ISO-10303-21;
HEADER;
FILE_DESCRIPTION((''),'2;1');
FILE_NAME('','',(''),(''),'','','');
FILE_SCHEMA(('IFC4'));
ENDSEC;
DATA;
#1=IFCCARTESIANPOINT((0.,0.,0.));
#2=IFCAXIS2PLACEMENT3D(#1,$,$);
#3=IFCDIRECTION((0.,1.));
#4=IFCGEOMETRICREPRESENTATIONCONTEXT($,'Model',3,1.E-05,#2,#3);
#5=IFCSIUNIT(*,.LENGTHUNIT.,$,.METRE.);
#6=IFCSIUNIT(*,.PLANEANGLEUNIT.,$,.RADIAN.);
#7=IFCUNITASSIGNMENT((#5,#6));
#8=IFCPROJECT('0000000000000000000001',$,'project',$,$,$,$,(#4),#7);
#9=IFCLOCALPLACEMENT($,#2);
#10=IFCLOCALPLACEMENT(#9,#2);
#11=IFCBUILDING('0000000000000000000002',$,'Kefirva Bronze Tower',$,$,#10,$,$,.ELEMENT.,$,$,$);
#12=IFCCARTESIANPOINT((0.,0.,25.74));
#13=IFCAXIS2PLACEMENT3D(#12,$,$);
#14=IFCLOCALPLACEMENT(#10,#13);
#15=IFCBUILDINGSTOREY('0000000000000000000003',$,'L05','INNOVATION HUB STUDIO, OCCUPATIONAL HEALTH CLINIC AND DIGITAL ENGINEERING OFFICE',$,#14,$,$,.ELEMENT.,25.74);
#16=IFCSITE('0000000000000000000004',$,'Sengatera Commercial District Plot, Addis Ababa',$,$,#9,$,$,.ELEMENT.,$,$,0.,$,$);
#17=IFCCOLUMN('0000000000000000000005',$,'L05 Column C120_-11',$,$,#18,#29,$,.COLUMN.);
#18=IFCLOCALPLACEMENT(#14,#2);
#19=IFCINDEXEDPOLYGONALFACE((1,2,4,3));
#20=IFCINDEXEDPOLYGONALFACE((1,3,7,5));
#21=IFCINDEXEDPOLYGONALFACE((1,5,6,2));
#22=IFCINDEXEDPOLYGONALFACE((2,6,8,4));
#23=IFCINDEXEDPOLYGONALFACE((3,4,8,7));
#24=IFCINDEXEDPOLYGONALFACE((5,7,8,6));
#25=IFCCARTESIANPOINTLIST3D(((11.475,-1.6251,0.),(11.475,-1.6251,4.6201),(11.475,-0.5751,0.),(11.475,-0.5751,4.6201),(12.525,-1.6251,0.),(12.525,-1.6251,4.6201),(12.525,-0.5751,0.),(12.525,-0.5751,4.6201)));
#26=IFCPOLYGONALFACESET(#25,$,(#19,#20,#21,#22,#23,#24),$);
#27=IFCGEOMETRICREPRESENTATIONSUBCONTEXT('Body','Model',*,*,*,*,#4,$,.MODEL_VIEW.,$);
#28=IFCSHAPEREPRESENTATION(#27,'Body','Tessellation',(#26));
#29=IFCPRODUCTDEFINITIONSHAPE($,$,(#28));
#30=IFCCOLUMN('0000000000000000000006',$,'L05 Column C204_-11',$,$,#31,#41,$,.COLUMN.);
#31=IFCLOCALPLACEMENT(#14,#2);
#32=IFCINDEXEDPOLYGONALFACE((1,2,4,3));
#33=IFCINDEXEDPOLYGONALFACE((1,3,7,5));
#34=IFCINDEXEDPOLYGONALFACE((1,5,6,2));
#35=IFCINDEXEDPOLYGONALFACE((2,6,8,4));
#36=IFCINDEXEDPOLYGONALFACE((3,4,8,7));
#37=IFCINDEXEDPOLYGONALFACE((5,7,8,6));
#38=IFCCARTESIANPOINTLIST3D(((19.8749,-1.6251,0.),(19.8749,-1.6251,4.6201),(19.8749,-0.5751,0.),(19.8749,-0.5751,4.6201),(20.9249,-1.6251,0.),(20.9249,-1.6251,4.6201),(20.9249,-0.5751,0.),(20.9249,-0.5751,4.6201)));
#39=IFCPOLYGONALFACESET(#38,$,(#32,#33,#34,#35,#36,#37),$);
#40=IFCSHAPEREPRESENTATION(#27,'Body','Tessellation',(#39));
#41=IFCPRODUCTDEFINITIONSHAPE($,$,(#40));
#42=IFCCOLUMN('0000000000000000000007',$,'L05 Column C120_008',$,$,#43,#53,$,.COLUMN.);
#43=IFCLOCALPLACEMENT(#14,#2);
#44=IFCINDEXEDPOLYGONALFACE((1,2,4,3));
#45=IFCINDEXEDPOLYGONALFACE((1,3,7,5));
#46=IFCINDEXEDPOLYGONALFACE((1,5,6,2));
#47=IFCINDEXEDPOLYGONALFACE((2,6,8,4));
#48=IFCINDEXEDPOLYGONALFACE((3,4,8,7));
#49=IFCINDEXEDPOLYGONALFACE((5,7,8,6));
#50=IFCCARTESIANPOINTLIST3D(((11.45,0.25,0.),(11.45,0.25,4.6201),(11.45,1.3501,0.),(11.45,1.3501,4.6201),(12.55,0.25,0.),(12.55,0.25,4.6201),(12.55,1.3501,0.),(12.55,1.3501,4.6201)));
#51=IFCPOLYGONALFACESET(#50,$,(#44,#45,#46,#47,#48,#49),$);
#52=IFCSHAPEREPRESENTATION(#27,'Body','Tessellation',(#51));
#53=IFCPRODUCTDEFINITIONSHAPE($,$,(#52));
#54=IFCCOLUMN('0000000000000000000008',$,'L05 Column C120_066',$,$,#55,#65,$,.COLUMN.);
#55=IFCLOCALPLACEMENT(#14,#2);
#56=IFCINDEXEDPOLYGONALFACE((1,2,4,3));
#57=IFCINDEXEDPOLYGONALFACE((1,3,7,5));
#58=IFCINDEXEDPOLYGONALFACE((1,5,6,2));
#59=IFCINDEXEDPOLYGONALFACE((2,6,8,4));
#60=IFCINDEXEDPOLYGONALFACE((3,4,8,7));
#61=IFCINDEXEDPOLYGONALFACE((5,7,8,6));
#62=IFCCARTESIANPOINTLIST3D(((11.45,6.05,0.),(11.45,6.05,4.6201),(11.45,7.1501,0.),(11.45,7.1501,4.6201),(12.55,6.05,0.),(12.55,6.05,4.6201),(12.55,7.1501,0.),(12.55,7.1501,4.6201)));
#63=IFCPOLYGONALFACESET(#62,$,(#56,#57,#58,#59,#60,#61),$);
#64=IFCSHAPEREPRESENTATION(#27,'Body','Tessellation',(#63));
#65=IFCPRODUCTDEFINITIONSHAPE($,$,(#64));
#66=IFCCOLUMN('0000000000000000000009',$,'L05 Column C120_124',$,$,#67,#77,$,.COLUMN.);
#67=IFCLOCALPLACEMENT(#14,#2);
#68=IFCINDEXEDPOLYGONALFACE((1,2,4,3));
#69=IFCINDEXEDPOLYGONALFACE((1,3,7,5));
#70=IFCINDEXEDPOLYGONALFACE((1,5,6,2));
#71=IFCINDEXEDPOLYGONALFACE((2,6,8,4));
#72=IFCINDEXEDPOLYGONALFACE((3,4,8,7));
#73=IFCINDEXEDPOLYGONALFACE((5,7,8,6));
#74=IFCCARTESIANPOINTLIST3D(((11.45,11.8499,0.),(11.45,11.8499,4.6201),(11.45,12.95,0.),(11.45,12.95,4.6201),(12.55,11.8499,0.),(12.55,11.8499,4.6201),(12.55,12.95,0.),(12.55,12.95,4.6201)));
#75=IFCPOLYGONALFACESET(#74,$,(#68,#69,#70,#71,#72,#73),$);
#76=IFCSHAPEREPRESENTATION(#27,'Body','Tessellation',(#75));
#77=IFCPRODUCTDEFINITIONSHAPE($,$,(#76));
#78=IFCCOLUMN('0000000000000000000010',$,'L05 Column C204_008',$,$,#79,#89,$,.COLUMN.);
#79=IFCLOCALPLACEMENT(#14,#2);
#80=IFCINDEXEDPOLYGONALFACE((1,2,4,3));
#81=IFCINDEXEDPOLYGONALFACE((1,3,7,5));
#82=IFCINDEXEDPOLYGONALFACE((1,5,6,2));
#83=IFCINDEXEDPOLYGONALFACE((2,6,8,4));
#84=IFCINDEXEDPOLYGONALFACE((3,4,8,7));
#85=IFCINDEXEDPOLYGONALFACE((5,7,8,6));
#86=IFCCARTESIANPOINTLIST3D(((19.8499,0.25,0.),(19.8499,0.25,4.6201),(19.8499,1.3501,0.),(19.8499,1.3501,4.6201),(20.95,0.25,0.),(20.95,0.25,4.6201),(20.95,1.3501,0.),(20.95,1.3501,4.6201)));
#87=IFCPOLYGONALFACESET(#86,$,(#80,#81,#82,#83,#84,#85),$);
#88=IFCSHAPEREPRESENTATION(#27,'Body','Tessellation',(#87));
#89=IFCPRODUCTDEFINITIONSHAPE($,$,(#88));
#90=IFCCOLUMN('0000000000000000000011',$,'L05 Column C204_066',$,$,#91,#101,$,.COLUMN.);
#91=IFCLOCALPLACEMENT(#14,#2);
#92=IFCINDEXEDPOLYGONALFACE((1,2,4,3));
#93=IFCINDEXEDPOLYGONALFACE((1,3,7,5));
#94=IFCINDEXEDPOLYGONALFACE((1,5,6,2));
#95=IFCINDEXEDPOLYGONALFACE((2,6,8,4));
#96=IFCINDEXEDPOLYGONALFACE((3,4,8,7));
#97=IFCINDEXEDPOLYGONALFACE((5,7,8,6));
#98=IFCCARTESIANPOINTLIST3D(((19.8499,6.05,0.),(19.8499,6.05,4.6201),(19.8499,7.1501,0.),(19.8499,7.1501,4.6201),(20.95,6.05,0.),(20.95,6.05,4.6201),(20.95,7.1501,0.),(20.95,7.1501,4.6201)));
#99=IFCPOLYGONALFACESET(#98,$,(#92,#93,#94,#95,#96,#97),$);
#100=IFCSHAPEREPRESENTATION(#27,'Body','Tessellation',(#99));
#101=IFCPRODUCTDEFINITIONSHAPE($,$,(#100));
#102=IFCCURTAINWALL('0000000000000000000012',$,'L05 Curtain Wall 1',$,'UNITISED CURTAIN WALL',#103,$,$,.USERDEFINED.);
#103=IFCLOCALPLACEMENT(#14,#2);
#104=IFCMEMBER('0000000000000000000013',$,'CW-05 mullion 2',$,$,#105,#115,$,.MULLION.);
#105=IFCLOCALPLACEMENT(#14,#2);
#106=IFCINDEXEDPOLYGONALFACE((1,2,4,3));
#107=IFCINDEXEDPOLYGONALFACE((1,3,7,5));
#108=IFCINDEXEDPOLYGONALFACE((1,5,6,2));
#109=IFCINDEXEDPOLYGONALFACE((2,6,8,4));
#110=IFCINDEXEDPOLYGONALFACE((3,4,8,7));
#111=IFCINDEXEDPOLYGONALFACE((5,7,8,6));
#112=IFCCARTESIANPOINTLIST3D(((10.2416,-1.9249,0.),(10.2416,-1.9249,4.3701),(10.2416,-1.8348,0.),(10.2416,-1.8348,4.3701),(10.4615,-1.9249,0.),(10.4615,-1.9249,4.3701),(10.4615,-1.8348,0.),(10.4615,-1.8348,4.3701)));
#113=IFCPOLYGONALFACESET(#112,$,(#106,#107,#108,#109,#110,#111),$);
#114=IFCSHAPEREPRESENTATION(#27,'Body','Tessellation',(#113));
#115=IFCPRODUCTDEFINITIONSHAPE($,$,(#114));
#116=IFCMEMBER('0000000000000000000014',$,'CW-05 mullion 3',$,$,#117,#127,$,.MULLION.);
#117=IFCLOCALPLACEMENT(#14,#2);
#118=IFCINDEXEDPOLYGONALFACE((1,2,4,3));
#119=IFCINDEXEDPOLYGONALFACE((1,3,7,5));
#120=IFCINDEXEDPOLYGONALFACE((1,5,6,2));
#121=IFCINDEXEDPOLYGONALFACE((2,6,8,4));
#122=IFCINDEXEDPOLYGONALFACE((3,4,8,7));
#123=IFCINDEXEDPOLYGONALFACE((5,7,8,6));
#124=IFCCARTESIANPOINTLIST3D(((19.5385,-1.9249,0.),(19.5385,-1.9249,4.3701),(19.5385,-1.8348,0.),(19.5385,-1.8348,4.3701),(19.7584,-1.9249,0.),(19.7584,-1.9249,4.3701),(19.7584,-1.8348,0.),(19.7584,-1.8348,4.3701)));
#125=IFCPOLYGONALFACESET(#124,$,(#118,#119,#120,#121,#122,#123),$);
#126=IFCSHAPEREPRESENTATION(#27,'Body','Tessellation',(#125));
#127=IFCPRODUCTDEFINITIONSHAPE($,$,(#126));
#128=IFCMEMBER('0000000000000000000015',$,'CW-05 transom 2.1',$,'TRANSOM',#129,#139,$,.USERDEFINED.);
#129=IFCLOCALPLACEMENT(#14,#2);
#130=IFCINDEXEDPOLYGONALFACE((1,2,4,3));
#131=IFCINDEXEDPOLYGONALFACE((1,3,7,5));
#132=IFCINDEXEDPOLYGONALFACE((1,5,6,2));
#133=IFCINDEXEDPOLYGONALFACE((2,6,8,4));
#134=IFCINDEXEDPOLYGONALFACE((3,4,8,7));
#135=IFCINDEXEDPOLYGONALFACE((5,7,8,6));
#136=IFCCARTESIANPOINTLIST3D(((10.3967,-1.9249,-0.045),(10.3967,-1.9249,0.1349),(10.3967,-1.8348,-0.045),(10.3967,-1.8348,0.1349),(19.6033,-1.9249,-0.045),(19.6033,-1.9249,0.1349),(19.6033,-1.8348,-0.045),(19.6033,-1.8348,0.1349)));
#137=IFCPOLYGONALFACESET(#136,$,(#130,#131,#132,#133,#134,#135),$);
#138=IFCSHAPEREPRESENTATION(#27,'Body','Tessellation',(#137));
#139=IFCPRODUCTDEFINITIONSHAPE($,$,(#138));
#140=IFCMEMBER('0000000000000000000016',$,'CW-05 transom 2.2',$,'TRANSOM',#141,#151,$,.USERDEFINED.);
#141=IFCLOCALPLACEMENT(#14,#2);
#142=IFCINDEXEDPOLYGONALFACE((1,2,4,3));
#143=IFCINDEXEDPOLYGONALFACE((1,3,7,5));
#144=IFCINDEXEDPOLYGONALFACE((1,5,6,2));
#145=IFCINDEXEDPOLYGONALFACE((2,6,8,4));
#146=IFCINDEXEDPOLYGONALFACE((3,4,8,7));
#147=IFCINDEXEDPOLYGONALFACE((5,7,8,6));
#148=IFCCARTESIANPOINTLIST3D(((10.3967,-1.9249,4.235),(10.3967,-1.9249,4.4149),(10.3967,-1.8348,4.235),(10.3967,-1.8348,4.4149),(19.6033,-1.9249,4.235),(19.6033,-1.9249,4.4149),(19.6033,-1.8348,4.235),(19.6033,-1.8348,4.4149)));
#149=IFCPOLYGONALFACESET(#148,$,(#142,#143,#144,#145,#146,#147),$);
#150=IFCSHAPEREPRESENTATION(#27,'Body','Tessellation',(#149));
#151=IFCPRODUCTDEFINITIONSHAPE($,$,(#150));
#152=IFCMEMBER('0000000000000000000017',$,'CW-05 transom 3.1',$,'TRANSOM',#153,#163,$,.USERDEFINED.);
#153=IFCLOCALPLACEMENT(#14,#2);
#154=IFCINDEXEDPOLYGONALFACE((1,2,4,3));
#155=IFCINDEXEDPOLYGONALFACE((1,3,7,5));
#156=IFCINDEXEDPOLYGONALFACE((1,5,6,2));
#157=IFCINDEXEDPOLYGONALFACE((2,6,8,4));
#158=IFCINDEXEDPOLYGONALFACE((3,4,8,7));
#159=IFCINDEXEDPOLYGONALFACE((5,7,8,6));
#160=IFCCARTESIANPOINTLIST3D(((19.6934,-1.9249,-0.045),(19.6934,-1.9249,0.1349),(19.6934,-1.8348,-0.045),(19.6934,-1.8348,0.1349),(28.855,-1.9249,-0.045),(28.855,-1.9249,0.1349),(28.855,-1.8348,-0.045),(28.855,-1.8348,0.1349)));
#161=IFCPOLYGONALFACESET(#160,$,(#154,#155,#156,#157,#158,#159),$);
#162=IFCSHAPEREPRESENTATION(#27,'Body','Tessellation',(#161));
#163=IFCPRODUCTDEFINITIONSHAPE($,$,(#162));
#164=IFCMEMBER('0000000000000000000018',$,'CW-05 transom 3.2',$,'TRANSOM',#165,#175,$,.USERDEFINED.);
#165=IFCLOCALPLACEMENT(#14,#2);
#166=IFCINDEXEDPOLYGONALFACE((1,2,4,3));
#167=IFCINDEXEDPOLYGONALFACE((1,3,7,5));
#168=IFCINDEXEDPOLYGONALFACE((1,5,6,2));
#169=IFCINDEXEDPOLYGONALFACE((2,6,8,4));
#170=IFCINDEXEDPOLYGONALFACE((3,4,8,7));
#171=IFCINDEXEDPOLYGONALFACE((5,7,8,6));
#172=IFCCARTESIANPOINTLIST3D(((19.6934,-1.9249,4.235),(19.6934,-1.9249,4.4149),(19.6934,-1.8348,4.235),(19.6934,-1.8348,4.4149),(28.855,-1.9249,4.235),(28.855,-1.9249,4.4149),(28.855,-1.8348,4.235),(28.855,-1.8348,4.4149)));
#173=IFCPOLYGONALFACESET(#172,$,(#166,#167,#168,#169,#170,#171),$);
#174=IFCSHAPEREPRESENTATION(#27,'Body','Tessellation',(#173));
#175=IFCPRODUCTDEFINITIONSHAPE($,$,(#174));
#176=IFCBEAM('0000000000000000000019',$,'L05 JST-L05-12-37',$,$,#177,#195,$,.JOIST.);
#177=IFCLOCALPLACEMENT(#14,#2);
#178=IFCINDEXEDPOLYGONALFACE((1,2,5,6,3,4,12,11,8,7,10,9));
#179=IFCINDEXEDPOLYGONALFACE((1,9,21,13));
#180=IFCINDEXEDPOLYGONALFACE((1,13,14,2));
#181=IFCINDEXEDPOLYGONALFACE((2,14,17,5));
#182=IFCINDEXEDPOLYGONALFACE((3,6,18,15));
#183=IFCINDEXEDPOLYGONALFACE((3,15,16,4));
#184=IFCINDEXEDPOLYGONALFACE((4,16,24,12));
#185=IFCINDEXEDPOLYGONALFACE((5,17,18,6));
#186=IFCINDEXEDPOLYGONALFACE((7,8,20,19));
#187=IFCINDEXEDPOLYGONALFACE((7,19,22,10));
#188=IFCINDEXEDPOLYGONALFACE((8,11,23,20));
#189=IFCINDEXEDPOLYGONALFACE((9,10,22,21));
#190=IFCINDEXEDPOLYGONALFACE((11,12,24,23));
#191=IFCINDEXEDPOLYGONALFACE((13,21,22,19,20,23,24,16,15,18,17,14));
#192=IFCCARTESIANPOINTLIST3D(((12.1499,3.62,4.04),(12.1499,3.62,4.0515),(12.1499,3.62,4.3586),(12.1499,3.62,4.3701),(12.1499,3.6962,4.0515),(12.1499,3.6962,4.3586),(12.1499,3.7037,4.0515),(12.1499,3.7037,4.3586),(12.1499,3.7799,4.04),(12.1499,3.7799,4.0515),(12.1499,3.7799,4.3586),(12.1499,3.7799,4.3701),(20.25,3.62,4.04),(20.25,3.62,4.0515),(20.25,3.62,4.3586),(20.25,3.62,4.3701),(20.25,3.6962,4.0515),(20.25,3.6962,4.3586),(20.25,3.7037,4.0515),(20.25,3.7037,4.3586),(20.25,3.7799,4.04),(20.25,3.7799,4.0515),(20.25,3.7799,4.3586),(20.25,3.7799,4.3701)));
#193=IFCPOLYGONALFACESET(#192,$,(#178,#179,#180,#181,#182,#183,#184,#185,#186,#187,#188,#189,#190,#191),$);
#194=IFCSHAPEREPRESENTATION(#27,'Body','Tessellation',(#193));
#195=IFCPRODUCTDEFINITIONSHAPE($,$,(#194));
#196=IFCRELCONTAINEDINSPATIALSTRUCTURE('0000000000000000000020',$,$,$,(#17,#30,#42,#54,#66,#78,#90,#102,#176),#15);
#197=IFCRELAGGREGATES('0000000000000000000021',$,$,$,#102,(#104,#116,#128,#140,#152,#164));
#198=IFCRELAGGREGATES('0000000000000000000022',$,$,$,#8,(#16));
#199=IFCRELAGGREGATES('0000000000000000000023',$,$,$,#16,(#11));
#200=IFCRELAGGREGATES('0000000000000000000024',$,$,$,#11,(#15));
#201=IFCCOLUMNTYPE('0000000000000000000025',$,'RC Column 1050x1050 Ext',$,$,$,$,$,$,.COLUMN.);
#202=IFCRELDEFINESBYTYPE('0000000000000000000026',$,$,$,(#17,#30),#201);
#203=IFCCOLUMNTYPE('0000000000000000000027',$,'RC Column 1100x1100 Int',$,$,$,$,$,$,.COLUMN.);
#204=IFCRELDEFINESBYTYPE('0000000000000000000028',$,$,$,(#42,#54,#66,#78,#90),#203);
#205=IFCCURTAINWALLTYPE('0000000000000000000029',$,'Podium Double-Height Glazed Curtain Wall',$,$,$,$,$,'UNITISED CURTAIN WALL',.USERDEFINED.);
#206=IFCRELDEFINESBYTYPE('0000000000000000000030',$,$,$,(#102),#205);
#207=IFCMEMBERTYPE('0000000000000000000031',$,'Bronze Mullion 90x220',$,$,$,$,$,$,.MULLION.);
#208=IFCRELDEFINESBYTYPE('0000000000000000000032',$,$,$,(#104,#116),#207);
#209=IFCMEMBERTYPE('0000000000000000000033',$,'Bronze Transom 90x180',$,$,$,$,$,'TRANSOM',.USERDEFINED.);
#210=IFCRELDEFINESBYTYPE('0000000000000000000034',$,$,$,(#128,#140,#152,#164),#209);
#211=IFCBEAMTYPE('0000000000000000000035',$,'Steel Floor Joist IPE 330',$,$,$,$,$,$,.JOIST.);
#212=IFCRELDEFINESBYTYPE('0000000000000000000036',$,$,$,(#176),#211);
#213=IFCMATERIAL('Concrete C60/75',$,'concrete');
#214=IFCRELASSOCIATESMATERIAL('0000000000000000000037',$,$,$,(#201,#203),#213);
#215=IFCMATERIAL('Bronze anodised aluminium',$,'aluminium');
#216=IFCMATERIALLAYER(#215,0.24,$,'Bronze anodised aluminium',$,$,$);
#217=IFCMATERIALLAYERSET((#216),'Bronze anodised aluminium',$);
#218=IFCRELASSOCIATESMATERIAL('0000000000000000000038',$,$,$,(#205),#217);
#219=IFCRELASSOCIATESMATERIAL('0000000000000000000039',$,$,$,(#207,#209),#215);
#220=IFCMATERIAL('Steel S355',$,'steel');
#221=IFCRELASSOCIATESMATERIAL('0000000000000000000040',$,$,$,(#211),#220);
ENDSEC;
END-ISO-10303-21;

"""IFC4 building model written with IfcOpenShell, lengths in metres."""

from ifc_helpers import new_model, si_unit, direction, frame, origin, origin_2d, place, context, subcontext, project, spatial, rectangle, i_section, extrude, material, layer, layer_set, material_profile, profile_set, type_object, element, aggregate, save


model = new_model("IFC4")

# Units and contexts
model_context = context("Model", 3, precision=1e-05, world=origin(), true_north=direction((0.0, 1.0)))
body_context = subcontext(model_context, "Body", "Model", "MODEL_VIEW")
ifc_project = project(units=[si_unit("LENGTHUNIT", "METRE"), si_unit("PLANEANGLEUNIT", "RADIAN")], contexts=[model_context])

# Site, building, storey
site_placement = place(None, origin())
site = spatial("IfcSite", under=ifc_project, at=site_placement, Name="Sengatera Commercial District Plot, Addis Ababa", CompositionType="ELEMENT", RefElevation=0.0)
building_placement = place(site_placement, origin())
building = spatial("IfcBuilding", under=site, at=building_placement, Name="Kefirva Bronze Tower", CompositionType="ELEMENT")
storey_placement = place(building_placement, frame((0.0, 0.0, 25.74)))
storey = spatial("IfcBuildingStorey", under=building, at=storey_placement, Name="L05", Description="INNOVATION HUB STUDIO, OCCUPATIONAL HEALTH CLINIC AND DIGITAL ENGINEERING OFFICE", CompositionType="ELEMENT", Elevation=25.74)

# Columns
ifc_material_1 = material(Name="Concrete C60/75", Category="concrete")
ifc_material_profile_1 = material_profile(ifc_material_1, rectangle(XDim=1.05, YDim=1.05, at=origin_2d()), Name="RC 1050x1050")
ifc_profile_set_1 = profile_set([ifc_material_profile_1], Name="Concrete C60/75")
column_type_1 = type_object("IfcColumnType", Name="RC Column 1050x1050 Ext", PredefinedType="COLUMN", material=ifc_profile_set_1)
for number, where, z_axis, x_axis, name in (
    (1, (12.0, -1.1001, 0.0), (0.0, 0.0, 1.0), (1.0, 0.0, 0.0), "L05 Column C120_-11"),
    (2, (20.3999, -1.1001, 0.0), (0.0, 0.0, 1.0), (1.0, 0.0, 0.0), "L05 Column C204_-11"),
):
    element("IfcColumn", number, at=place(storey_placement, frame(where, z_axis=z_axis, x_axis=x_axis)), inside=storey, type_object=column_type_1, Name=name, PredefinedType="COLUMN", context=body_context, shape_type="SweptSolid", body=[
        extrude(rectangle(XDim=1.05, YDim=1.05, at=origin_2d()), origin(), (0.0, 0.0, 1.0), 4.6201),
    ])
ifc_material_profile_2 = material_profile(ifc_material_1, rectangle(XDim=1.1001, YDim=1.1001, at=origin_2d()), Name="RC 1100x1100")
ifc_profile_set_2 = profile_set([ifc_material_profile_2], Name="Concrete C60/75")
column_type_2 = type_object("IfcColumnType", Name="RC Column 1100x1100 Int", PredefinedType="COLUMN", material=ifc_profile_set_2)
for number, where, z_axis, x_axis, name in (
    (3, (12.0, 0.8, 0.0), (0.0, 0.0, 1.0), (1.0, 0.0, 0.0), "L05 Column C120_008"),
    (4, (12.0, 6.6001, 0.0), (0.0, 0.0, 1.0), (1.0, 0.0, 0.0), "L05 Column C120_066"),
    (5, (12.0, 12.3999, 0.0), (0.0, 0.0, 1.0), (1.0, 0.0, 0.0), "L05 Column C120_124"),
    (6, (20.3999, 0.8, 0.0), (0.0, 0.0, 1.0), (1.0, 0.0, 0.0), "L05 Column C204_008"),
    (7, (20.3999, 6.6001, 0.0), (0.0, 0.0, 1.0), (1.0, 0.0, 0.0), "L05 Column C204_066"),
):
    element("IfcColumn", number, at=place(storey_placement, frame(where, z_axis=z_axis, x_axis=x_axis)), inside=storey, type_object=column_type_2, Name=name, PredefinedType="COLUMN", context=body_context, shape_type="SweptSolid", body=[
        extrude(rectangle(XDim=1.1001, YDim=1.1001, at=origin_2d()), origin(), (0.0, 0.0, 1.0), 4.6201),
    ])

# Curtain wall, members
ifc_material_2 = material(Name="Bronze anodised aluminium", Category="aluminium")
ifc_layer_1 = layer(ifc_material_2, 0.24, Name="Bronze anodised aluminium")
ifc_layer_set_1 = layer_set([ifc_layer_1], Name="Bronze anodised aluminium")
curtain_wall_type = type_object("IfcCurtainWallType", Name="Podium Double-Height Glazed Curtain Wall", ElementType="UNITISED CURTAIN WALL", PredefinedType="USERDEFINED", material=ifc_layer_set_1)
curtain_wall_placement = place(storey_placement, origin())
curtain_wall = element("IfcCurtainWall", 8, at=curtain_wall_placement, inside=storey, type_object=curtain_wall_type, Name="L05 Curtain Wall 1", ObjectType="UNITISED CURTAIN WALL", PredefinedType="USERDEFINED")
ifc_material_profile_3 = material_profile(ifc_material_2, rectangle(XDim=0.0901, YDim=0.22, at=origin_2d()), Name="ALU 90x220")
ifc_profile_set_3 = profile_set([ifc_material_profile_3], Name="Bronze anodised aluminium")
member_type_1 = type_object("IfcMemberType", Name="Bronze Mullion 90x220", PredefinedType="MULLION", material=ifc_profile_set_3)
member_1_placement = place(storey_placement, frame((10.3516, -1.8799, 0.0), z_axis=(0.0, 0.0, 1.0), x_axis=(0.0, 1.0, 0.0)))
member_1 = element("IfcMember", 9, at=member_1_placement, type_object=member_type_1, Name="CW-05 mullion 2", PredefinedType="MULLION", context=body_context, shape_type="SweptSolid", body=[
    extrude(rectangle(XDim=0.0901, YDim=0.22, at=origin_2d()), origin(), (0.0, 0.0, 1.0), 4.3701),
])
member_2_placement = place(storey_placement, frame((19.6484, -1.8799, 0.0), z_axis=(0.0, 0.0, 1.0), x_axis=(0.0, 1.0, 0.0)))
member_2 = element("IfcMember", 10, at=member_2_placement, type_object=member_type_1, Name="CW-05 mullion 3", PredefinedType="MULLION", context=body_context, shape_type="SweptSolid", body=[
    extrude(rectangle(XDim=0.0901, YDim=0.22, at=origin_2d()), origin(), (0.0, 0.0, 1.0), 4.3701),
])
ifc_material_profile_4 = material_profile(ifc_material_2, rectangle(XDim=0.0901, YDim=0.1799, at=origin_2d()), Name="ALU 90x180")
ifc_profile_set_4 = profile_set([ifc_material_profile_4], Name="Bronze anodised aluminium")
member_type_2 = type_object("IfcMemberType", Name="Bronze Transom 90x180", ElementType="TRANSOM", PredefinedType="USERDEFINED", material=ifc_profile_set_4)
member_3_placement = place(storey_placement, frame((10.3967, -1.8799, 0.0449), z_axis=(1.0, 0.0, 0.0), x_axis=(0.0, 1.0, 0.0)))
member_3 = element("IfcMember", 11, at=member_3_placement, type_object=member_type_2, Name="CW-05 transom 2.1", ObjectType="TRANSOM", PredefinedType="USERDEFINED", context=body_context, shape_type="SweptSolid", body=[
    extrude(rectangle(XDim=0.0901, YDim=0.1799, at=origin_2d()), origin(), (0.0, 0.0, 1.0), 9.2065),
])
member_4_placement = place(storey_placement, frame((10.3967, -1.8799, 4.325), z_axis=(1.0, 0.0, 0.0), x_axis=(0.0, 1.0, 0.0)))
member_4 = element("IfcMember", 12, at=member_4_placement, type_object=member_type_2, Name="CW-05 transom 2.2", ObjectType="TRANSOM", PredefinedType="USERDEFINED", context=body_context, shape_type="SweptSolid", body=[
    extrude(rectangle(XDim=0.0901, YDim=0.1799, at=origin_2d()), origin(), (0.0, 0.0, 1.0), 9.2065),
])
member_5_placement = place(storey_placement, frame((19.6934, -1.8799, 0.0449), z_axis=(1.0, 0.0, 0.0), x_axis=(0.0, 1.0, 0.0)))
member_5 = element("IfcMember", 13, at=member_5_placement, type_object=member_type_2, Name="CW-05 transom 3.1", ObjectType="TRANSOM", PredefinedType="USERDEFINED", context=body_context, shape_type="SweptSolid", body=[
    extrude(rectangle(XDim=0.0901, YDim=0.1799, at=origin_2d()), origin(), (0.0, 0.0, 1.0), 9.1616),
])
member_6_placement = place(storey_placement, frame((19.6934, -1.8799, 4.325), z_axis=(1.0, 0.0, 0.0), x_axis=(0.0, 1.0, 0.0)))
member_6 = element("IfcMember", 14, at=member_6_placement, type_object=member_type_2, Name="CW-05 transom 3.2", ObjectType="TRANSOM", PredefinedType="USERDEFINED", context=body_context, shape_type="SweptSolid", body=[
    extrude(rectangle(XDim=0.0901, YDim=0.1799, at=origin_2d()), origin(), (0.0, 0.0, 1.0), 9.1616),
])

# Beam
ifc_material_3 = material(Name="Steel S355", Category="steel")
ifc_material_profile_5 = material_profile(ifc_material_3, i_section(OverallWidth=0.1599, OverallDepth=0.3301, WebThickness=0.0076, FlangeThickness=0.0115, at=origin_2d()), Name="IPE 330")
ifc_profile_set_5 = profile_set([ifc_material_profile_5], Name="Steel S355")
beam_type_1 = type_object("IfcBeamType", Name="Steel Floor Joist IPE 330", PredefinedType="JOIST", material=ifc_profile_set_5)
beam_1_placement = place(storey_placement, frame((12.1499, 3.7, 4.2051), z_axis=(1.0, 0.0, 0.0), x_axis=(0.0, 1.0, 0.0)))
element("IfcBeam", 15, at=beam_1_placement, inside=storey, type_object=beam_type_1, Name="L05 JST-L05-12-37", PredefinedType="JOIST", context=body_context, shape_type="SweptSolid", body=[
    extrude(i_section(OverallWidth=0.1599, OverallDepth=0.3301, WebThickness=0.0076, FlangeThickness=0.0115, at=origin_2d()), origin(), (0.0, 0.0, 1.0), 8.1001),
])

aggregate(curtain_wall, [member_1, member_2, member_3, member_4, member_5, member_6])

save(model, "model.ifc")
